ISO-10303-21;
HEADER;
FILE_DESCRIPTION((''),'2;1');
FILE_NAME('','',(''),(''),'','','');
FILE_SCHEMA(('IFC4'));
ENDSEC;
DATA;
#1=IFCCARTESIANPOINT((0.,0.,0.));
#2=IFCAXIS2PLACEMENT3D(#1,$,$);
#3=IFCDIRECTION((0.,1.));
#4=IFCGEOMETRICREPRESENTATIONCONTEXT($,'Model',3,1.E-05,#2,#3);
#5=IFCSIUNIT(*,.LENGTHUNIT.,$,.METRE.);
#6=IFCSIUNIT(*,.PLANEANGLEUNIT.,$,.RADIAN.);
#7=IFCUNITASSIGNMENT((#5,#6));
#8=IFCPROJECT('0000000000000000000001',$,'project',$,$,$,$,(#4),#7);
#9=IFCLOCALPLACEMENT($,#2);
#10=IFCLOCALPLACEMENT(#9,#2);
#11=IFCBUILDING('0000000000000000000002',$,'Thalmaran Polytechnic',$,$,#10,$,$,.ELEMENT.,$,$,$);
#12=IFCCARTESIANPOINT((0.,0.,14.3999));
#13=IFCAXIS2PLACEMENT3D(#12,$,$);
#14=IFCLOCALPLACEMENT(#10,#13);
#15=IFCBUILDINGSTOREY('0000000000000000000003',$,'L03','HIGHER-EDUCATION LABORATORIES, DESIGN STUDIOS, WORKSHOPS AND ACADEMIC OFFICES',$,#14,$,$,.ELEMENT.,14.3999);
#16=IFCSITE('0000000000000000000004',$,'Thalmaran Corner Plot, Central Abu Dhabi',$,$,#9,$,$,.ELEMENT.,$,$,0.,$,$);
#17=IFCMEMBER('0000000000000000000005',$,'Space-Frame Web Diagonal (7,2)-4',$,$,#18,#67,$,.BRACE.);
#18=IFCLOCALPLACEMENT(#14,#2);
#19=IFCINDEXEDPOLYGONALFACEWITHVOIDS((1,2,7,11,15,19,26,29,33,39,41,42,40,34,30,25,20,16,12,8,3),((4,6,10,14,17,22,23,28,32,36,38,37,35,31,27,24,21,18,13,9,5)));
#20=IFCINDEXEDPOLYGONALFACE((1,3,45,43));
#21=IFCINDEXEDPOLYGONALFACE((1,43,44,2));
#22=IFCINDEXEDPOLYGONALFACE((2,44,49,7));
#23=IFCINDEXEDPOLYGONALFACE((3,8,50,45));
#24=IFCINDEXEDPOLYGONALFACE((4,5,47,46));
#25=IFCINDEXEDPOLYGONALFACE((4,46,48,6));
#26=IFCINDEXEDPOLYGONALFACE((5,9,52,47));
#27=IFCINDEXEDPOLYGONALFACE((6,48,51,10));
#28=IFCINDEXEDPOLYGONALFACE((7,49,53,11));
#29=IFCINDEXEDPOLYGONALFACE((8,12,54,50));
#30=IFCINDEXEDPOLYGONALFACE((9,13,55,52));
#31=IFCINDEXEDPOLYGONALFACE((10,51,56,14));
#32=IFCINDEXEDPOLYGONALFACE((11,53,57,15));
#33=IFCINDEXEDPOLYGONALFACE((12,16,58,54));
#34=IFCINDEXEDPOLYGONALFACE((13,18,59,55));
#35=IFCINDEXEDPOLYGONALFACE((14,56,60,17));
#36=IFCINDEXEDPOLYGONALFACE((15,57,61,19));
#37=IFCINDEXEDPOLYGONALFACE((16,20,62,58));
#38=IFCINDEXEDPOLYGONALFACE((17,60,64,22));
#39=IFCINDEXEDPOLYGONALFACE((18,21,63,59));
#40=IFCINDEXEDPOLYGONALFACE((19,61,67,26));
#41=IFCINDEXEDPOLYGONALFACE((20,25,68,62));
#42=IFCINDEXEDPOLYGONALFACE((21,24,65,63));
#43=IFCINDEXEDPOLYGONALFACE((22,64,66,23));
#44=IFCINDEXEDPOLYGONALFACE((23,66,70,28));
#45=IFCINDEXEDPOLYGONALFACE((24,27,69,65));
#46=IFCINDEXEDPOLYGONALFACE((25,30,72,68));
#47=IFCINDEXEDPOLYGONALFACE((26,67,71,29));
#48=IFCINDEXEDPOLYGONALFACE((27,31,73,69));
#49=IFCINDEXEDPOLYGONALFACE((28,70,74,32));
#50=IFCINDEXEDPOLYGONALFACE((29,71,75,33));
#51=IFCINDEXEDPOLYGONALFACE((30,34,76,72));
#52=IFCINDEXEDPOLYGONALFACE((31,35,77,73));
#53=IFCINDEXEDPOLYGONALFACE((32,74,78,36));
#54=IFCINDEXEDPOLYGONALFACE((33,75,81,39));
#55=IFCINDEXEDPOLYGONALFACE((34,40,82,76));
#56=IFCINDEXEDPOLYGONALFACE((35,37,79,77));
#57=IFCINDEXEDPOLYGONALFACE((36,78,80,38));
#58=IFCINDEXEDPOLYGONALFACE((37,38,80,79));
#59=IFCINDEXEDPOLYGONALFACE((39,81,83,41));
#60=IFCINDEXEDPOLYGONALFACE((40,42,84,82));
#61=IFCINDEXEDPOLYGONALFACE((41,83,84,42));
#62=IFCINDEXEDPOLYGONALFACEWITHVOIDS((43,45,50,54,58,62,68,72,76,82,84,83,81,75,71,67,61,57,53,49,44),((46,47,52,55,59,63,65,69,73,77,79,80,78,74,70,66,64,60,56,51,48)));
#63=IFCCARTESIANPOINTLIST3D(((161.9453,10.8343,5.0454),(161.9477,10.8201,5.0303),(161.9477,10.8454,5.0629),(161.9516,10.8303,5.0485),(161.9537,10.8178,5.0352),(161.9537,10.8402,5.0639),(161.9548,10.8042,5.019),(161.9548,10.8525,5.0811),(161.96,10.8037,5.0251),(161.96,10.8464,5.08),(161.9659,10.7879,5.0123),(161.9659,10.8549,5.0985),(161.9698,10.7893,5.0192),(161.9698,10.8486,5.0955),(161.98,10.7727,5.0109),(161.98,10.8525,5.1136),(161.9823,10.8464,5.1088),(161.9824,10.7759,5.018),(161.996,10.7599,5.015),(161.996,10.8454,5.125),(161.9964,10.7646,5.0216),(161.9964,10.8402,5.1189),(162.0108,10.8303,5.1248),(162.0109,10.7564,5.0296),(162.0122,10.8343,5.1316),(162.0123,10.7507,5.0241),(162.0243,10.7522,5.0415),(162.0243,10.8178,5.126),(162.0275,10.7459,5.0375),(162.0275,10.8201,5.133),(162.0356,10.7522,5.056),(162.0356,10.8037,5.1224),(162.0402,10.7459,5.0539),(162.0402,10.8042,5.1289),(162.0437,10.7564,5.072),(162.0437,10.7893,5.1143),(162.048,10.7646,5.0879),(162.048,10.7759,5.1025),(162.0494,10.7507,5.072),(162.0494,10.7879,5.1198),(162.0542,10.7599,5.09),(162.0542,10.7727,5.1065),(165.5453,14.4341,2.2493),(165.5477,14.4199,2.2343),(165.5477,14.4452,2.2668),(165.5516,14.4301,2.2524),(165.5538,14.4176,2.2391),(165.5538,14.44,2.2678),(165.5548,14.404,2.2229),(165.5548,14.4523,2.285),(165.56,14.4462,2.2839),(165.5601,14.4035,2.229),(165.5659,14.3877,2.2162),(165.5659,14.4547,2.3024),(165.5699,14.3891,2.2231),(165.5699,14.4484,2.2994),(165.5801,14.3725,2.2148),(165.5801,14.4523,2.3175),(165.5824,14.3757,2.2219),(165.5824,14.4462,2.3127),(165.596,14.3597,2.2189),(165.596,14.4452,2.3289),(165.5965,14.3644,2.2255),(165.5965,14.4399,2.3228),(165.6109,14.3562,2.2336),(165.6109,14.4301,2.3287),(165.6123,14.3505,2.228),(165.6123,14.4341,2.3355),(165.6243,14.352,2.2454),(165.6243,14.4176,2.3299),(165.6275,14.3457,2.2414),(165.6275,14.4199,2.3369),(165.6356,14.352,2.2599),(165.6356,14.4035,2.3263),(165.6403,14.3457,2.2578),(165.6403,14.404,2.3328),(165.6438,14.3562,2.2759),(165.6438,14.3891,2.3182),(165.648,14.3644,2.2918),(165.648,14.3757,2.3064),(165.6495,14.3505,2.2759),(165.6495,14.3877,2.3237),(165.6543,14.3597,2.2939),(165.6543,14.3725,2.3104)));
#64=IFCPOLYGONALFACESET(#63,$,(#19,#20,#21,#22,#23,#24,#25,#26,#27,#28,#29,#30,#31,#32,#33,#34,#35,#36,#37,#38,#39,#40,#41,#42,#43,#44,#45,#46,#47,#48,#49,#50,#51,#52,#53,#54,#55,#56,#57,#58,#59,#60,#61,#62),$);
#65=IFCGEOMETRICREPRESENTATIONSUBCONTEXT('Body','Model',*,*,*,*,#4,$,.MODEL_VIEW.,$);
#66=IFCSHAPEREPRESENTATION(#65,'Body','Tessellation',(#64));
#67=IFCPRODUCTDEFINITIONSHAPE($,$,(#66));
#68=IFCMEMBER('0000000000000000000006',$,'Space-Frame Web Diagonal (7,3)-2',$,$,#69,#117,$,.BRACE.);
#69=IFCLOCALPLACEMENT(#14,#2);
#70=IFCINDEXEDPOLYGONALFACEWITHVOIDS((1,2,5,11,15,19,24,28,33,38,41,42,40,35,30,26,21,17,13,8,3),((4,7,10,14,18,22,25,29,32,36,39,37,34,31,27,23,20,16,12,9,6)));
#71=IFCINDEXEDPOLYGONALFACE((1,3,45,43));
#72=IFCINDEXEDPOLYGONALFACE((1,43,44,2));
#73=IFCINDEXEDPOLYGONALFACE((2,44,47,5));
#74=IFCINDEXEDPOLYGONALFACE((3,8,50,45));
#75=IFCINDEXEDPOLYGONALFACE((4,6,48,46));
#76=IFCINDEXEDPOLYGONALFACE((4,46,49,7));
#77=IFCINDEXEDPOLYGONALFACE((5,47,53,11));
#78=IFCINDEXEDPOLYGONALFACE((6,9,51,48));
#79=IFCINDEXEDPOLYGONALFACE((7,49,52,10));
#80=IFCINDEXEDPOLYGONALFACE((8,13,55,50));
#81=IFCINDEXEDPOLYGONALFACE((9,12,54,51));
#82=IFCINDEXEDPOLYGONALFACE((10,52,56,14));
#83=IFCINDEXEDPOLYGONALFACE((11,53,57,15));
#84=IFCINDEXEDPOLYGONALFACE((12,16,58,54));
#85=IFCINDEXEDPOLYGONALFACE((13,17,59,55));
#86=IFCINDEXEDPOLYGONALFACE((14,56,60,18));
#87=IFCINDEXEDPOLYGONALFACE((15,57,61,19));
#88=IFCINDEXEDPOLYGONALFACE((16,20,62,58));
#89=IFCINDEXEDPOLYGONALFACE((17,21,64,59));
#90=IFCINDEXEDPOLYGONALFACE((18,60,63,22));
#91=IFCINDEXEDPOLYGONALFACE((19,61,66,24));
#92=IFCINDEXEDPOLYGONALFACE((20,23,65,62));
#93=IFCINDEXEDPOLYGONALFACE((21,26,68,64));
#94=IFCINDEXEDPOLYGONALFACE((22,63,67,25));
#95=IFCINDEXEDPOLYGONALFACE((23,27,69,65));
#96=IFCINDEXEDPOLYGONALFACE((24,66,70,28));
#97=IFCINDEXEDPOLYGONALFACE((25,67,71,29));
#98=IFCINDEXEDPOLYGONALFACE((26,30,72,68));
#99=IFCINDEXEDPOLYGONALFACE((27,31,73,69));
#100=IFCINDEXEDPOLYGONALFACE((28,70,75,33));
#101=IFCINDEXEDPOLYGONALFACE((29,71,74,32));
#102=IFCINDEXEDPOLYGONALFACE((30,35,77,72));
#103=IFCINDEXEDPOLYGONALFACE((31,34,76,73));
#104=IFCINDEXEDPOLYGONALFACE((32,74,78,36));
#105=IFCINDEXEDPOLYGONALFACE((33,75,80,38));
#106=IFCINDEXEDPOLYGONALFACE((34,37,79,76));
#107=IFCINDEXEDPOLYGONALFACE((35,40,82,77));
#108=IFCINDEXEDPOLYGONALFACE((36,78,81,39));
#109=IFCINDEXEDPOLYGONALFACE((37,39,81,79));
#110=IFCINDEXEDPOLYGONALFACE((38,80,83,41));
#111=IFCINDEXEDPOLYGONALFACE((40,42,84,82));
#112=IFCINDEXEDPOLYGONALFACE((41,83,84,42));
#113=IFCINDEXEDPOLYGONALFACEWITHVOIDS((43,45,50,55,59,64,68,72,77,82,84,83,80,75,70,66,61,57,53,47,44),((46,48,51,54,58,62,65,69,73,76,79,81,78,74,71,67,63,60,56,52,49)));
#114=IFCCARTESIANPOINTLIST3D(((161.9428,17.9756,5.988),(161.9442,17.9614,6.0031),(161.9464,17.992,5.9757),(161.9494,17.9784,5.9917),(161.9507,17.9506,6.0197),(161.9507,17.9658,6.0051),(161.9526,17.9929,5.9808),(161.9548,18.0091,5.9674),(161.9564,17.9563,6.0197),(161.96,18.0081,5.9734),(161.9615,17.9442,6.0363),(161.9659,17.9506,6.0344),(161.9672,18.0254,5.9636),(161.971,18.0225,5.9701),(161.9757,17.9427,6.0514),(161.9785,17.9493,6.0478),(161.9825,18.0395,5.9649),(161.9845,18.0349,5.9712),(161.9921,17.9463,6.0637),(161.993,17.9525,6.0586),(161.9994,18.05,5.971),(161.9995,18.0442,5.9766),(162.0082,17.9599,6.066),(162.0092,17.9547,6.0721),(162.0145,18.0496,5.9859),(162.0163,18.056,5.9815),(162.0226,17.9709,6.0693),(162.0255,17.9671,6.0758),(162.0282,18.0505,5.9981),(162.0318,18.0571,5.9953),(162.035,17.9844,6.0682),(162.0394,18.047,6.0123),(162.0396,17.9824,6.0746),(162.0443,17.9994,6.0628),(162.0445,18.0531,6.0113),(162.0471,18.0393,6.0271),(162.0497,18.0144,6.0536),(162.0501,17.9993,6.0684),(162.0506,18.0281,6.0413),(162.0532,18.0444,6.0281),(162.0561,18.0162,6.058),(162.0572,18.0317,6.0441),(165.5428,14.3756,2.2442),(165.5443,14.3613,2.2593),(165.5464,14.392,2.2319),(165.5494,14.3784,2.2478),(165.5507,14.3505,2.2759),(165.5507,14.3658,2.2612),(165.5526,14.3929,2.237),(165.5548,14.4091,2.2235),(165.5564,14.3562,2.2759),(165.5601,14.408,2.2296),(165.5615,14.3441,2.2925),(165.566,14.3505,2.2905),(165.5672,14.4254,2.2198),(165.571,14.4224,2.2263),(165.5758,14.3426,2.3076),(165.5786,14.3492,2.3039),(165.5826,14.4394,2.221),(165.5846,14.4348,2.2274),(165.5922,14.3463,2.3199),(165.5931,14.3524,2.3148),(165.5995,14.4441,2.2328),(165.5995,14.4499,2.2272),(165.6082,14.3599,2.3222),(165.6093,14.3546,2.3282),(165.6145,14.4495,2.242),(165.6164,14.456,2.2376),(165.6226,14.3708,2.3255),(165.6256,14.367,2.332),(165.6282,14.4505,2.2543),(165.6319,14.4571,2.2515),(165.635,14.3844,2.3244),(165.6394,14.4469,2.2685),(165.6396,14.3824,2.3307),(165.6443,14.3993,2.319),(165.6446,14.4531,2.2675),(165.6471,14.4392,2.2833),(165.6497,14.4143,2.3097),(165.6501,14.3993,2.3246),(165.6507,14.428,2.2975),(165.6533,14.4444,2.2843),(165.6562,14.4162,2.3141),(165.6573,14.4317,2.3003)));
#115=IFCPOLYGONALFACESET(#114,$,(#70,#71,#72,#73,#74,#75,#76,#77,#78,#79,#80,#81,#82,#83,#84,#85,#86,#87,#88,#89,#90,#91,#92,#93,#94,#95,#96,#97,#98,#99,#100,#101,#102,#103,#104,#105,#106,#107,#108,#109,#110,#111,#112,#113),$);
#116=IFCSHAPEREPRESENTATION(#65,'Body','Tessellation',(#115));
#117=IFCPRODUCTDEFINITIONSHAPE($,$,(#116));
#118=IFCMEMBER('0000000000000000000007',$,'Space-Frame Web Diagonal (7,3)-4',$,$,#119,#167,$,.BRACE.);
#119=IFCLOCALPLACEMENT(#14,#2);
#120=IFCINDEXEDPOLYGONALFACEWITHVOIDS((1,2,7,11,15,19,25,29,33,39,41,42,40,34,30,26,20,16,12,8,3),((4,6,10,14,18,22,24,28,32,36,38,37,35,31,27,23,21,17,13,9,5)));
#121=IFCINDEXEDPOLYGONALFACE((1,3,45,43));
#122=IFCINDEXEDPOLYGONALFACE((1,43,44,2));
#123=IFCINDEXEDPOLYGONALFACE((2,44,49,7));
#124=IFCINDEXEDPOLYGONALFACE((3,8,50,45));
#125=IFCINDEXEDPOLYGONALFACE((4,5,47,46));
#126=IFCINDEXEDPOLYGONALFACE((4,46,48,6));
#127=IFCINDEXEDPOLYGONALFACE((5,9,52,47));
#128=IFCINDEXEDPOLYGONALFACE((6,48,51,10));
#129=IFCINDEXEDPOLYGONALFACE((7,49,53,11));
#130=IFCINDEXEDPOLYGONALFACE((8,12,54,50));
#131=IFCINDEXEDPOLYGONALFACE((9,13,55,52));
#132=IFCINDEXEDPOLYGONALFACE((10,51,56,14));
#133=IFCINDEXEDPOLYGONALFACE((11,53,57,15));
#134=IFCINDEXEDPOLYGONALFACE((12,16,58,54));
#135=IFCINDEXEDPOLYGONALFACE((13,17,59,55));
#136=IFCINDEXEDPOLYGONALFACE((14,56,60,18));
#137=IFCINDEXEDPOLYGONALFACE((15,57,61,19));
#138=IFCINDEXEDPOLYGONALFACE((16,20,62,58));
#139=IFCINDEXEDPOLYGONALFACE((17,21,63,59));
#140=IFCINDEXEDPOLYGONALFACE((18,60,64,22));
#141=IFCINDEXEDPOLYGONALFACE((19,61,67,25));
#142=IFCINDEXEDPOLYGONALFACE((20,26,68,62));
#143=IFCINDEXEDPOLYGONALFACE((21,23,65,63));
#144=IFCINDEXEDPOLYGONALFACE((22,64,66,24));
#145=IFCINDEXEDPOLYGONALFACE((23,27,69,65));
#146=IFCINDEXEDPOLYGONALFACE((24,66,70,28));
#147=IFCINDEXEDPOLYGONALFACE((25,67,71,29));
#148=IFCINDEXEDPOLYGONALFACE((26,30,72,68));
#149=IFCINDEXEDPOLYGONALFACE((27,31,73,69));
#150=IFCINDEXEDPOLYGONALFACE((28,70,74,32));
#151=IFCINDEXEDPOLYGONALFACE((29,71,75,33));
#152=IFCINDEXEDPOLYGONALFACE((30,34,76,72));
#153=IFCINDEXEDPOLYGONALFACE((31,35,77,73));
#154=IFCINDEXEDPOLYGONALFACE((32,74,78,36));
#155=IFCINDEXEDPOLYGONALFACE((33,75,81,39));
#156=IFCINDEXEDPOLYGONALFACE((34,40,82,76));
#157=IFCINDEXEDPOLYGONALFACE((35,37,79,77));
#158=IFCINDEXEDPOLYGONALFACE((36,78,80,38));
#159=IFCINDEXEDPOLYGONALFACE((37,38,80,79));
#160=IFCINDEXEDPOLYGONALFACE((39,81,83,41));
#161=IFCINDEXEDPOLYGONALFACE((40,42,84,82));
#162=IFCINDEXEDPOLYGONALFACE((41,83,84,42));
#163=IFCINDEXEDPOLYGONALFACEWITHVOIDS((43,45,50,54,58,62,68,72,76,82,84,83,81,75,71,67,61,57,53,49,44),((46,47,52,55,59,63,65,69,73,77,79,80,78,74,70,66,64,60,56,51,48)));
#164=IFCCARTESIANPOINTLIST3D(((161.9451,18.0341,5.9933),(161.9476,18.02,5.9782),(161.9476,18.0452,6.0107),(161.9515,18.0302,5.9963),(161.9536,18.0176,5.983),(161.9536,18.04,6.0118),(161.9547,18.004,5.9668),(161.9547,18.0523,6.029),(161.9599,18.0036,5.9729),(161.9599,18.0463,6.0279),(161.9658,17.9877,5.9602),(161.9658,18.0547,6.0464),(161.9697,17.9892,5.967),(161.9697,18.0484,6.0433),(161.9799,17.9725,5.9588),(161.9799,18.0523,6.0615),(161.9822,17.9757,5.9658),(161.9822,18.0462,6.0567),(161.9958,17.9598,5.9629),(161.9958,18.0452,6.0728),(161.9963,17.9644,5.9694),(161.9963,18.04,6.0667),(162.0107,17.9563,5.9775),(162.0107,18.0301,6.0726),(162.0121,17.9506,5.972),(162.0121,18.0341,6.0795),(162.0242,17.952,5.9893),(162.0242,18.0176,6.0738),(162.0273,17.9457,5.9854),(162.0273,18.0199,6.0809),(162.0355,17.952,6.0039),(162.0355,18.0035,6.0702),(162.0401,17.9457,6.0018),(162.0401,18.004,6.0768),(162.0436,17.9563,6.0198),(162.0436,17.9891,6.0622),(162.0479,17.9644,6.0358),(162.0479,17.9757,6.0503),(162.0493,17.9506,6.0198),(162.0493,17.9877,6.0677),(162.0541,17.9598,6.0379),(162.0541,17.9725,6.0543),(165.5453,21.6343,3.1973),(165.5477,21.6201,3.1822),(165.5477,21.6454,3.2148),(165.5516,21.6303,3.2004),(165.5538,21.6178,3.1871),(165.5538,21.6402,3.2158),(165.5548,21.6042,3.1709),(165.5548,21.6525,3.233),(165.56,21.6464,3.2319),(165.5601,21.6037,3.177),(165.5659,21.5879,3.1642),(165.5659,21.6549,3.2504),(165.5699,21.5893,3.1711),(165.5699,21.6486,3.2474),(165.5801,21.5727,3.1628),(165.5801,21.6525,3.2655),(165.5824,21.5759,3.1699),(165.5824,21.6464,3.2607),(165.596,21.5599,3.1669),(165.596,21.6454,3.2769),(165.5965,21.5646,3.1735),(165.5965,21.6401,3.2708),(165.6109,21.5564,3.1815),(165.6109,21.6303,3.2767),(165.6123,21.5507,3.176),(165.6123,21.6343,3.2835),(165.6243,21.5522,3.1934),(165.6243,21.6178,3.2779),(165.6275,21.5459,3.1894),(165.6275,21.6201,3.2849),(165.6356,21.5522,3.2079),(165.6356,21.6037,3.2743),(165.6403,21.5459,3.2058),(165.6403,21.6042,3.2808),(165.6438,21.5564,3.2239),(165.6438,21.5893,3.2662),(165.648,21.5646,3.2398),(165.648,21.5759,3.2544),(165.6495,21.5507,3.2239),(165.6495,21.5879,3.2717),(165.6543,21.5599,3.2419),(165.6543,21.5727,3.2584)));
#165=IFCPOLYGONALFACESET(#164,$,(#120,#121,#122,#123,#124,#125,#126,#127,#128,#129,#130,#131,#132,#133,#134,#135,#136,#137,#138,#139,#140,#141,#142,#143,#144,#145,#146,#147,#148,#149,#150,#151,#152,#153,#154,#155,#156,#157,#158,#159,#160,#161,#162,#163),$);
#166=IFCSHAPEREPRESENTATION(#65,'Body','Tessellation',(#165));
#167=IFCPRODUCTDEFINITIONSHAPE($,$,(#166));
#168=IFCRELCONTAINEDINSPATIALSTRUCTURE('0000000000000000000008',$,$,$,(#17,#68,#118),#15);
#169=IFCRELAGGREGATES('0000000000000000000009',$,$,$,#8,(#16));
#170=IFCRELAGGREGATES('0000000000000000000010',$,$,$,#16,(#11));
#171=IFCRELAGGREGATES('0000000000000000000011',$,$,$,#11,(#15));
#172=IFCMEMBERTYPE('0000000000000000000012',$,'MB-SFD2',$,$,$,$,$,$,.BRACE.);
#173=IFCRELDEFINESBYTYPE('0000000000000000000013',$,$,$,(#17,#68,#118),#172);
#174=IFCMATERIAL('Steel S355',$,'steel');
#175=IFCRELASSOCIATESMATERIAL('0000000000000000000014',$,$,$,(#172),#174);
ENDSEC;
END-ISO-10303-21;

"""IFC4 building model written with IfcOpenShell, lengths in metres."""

from ifc_helpers import new_model, si_unit, direction, frame, origin, origin_2d, place, context, subcontext, project, spatial, hollow_circle, extrude, material, material_profile, profile_set, type_object, element, save


model = new_model("IFC4")

# Units and contexts
model_context = context("Model", 3, precision=1e-05, world=origin(), true_north=direction((0.0, 1.0)))
body_context = subcontext(model_context, "Body", "Model", "MODEL_VIEW")
ifc_project = project(units=[si_unit("LENGTHUNIT", "METRE"), si_unit("PLANEANGLEUNIT", "RADIAN")], contexts=[model_context])

# Site, building, storey
site_placement = place(None, origin())
site = spatial("IfcSite", under=ifc_project, at=site_placement, Name="Thalmaran Corner Plot, Central Abu Dhabi", CompositionType="ELEMENT", RefElevation=0.0)
building_placement = place(site_placement, origin())
building = spatial("IfcBuilding", under=site, at=building_placement, Name="Thalmaran Polytechnic", CompositionType="ELEMENT")
storey_placement = place(building_placement, frame((0.0, 0.0, 14.3999)))
storey = spatial("IfcBuildingStorey", under=building, at=storey_placement, Name="L03", Description="HIGHER-EDUCATION LABORATORIES, DESIGN STUDIOS, WORKSHOPS AND ACADEMIC OFFICES", CompositionType="ELEMENT", Elevation=14.3999)

# Shared definitions
ifc_material_1 = material(Name="Steel S355", Category="steel")

# Members
ifc_material_profile_1 = material_profile(ifc_material_1, hollow_circle(Radius=0.0698, WallThickness=0.0081, at=origin_2d()), Name="CHS 139.7x8.0")
ifc_profile_set_1 = profile_set([ifc_material_profile_1], Name="Steel S355")
member_type_1 = type_object("IfcMemberType", Name="MB-SFD2", PredefinedType="BRACE", material=ifc_profile_set_1)
member_1_placement = place(storey_placement, frame((165.6001, 14.3999, 2.2759), z_axis=(-0.619804, -0.619762, 0.481392), x_axis=(0.707083, -0.707131, 0.0)))
element("IfcMember", 1, at=member_1_placement, inside=storey, type_object=member_type_1, Name="Space-Frame Web Diagonal (7,2)-4", PredefinedType="BRACE", context=body_context, shape_type="SweptSolid", body=[
    extrude(hollow_circle(Radius=0.0698, WallThickness=0.0081, at=origin_2d()), origin(), (0.0, 0.0, 1.0), 5.8083),
])
member_2_placement = place(storey_placement, frame((165.6001, 14.3999, 2.2759), z_axis=(-0.569666, 0.569666, 0.59242), x_axis=(-0.707107, -0.707107, 0.0)))
element("IfcMember", 2, at=member_2_placement, inside=storey, type_object=member_type_1, Name="Space-Frame Web Diagonal (7,3)-2", PredefinedType="BRACE", context=body_context, shape_type="SweptSolid", body=[
    extrude(hollow_circle(Radius=0.0698, WallThickness=0.0081, at=origin_2d()), origin(), (0.0, 0.0, 1.0), 6.3196),
])
member_3_placement = place(storey_placement, frame((165.6001, 21.6001, 3.2239), z_axis=(-0.6198, -0.6198, 0.481348), x_axis=(0.707107, -0.707107, 0.0)))
element("IfcMember", 3, at=member_3_placement, inside=storey, type_object=member_type_1, Name="Space-Frame Web Diagonal (7,3)-4", PredefinedType="BRACE", context=body_context, shape_type="SweptSolid", body=[
    extrude(hollow_circle(Radius=0.0698, WallThickness=0.0081, at=origin_2d()), origin(), (0.0, 0.0, 1.0), 5.8086),
])

save(model, "model.ifc")
